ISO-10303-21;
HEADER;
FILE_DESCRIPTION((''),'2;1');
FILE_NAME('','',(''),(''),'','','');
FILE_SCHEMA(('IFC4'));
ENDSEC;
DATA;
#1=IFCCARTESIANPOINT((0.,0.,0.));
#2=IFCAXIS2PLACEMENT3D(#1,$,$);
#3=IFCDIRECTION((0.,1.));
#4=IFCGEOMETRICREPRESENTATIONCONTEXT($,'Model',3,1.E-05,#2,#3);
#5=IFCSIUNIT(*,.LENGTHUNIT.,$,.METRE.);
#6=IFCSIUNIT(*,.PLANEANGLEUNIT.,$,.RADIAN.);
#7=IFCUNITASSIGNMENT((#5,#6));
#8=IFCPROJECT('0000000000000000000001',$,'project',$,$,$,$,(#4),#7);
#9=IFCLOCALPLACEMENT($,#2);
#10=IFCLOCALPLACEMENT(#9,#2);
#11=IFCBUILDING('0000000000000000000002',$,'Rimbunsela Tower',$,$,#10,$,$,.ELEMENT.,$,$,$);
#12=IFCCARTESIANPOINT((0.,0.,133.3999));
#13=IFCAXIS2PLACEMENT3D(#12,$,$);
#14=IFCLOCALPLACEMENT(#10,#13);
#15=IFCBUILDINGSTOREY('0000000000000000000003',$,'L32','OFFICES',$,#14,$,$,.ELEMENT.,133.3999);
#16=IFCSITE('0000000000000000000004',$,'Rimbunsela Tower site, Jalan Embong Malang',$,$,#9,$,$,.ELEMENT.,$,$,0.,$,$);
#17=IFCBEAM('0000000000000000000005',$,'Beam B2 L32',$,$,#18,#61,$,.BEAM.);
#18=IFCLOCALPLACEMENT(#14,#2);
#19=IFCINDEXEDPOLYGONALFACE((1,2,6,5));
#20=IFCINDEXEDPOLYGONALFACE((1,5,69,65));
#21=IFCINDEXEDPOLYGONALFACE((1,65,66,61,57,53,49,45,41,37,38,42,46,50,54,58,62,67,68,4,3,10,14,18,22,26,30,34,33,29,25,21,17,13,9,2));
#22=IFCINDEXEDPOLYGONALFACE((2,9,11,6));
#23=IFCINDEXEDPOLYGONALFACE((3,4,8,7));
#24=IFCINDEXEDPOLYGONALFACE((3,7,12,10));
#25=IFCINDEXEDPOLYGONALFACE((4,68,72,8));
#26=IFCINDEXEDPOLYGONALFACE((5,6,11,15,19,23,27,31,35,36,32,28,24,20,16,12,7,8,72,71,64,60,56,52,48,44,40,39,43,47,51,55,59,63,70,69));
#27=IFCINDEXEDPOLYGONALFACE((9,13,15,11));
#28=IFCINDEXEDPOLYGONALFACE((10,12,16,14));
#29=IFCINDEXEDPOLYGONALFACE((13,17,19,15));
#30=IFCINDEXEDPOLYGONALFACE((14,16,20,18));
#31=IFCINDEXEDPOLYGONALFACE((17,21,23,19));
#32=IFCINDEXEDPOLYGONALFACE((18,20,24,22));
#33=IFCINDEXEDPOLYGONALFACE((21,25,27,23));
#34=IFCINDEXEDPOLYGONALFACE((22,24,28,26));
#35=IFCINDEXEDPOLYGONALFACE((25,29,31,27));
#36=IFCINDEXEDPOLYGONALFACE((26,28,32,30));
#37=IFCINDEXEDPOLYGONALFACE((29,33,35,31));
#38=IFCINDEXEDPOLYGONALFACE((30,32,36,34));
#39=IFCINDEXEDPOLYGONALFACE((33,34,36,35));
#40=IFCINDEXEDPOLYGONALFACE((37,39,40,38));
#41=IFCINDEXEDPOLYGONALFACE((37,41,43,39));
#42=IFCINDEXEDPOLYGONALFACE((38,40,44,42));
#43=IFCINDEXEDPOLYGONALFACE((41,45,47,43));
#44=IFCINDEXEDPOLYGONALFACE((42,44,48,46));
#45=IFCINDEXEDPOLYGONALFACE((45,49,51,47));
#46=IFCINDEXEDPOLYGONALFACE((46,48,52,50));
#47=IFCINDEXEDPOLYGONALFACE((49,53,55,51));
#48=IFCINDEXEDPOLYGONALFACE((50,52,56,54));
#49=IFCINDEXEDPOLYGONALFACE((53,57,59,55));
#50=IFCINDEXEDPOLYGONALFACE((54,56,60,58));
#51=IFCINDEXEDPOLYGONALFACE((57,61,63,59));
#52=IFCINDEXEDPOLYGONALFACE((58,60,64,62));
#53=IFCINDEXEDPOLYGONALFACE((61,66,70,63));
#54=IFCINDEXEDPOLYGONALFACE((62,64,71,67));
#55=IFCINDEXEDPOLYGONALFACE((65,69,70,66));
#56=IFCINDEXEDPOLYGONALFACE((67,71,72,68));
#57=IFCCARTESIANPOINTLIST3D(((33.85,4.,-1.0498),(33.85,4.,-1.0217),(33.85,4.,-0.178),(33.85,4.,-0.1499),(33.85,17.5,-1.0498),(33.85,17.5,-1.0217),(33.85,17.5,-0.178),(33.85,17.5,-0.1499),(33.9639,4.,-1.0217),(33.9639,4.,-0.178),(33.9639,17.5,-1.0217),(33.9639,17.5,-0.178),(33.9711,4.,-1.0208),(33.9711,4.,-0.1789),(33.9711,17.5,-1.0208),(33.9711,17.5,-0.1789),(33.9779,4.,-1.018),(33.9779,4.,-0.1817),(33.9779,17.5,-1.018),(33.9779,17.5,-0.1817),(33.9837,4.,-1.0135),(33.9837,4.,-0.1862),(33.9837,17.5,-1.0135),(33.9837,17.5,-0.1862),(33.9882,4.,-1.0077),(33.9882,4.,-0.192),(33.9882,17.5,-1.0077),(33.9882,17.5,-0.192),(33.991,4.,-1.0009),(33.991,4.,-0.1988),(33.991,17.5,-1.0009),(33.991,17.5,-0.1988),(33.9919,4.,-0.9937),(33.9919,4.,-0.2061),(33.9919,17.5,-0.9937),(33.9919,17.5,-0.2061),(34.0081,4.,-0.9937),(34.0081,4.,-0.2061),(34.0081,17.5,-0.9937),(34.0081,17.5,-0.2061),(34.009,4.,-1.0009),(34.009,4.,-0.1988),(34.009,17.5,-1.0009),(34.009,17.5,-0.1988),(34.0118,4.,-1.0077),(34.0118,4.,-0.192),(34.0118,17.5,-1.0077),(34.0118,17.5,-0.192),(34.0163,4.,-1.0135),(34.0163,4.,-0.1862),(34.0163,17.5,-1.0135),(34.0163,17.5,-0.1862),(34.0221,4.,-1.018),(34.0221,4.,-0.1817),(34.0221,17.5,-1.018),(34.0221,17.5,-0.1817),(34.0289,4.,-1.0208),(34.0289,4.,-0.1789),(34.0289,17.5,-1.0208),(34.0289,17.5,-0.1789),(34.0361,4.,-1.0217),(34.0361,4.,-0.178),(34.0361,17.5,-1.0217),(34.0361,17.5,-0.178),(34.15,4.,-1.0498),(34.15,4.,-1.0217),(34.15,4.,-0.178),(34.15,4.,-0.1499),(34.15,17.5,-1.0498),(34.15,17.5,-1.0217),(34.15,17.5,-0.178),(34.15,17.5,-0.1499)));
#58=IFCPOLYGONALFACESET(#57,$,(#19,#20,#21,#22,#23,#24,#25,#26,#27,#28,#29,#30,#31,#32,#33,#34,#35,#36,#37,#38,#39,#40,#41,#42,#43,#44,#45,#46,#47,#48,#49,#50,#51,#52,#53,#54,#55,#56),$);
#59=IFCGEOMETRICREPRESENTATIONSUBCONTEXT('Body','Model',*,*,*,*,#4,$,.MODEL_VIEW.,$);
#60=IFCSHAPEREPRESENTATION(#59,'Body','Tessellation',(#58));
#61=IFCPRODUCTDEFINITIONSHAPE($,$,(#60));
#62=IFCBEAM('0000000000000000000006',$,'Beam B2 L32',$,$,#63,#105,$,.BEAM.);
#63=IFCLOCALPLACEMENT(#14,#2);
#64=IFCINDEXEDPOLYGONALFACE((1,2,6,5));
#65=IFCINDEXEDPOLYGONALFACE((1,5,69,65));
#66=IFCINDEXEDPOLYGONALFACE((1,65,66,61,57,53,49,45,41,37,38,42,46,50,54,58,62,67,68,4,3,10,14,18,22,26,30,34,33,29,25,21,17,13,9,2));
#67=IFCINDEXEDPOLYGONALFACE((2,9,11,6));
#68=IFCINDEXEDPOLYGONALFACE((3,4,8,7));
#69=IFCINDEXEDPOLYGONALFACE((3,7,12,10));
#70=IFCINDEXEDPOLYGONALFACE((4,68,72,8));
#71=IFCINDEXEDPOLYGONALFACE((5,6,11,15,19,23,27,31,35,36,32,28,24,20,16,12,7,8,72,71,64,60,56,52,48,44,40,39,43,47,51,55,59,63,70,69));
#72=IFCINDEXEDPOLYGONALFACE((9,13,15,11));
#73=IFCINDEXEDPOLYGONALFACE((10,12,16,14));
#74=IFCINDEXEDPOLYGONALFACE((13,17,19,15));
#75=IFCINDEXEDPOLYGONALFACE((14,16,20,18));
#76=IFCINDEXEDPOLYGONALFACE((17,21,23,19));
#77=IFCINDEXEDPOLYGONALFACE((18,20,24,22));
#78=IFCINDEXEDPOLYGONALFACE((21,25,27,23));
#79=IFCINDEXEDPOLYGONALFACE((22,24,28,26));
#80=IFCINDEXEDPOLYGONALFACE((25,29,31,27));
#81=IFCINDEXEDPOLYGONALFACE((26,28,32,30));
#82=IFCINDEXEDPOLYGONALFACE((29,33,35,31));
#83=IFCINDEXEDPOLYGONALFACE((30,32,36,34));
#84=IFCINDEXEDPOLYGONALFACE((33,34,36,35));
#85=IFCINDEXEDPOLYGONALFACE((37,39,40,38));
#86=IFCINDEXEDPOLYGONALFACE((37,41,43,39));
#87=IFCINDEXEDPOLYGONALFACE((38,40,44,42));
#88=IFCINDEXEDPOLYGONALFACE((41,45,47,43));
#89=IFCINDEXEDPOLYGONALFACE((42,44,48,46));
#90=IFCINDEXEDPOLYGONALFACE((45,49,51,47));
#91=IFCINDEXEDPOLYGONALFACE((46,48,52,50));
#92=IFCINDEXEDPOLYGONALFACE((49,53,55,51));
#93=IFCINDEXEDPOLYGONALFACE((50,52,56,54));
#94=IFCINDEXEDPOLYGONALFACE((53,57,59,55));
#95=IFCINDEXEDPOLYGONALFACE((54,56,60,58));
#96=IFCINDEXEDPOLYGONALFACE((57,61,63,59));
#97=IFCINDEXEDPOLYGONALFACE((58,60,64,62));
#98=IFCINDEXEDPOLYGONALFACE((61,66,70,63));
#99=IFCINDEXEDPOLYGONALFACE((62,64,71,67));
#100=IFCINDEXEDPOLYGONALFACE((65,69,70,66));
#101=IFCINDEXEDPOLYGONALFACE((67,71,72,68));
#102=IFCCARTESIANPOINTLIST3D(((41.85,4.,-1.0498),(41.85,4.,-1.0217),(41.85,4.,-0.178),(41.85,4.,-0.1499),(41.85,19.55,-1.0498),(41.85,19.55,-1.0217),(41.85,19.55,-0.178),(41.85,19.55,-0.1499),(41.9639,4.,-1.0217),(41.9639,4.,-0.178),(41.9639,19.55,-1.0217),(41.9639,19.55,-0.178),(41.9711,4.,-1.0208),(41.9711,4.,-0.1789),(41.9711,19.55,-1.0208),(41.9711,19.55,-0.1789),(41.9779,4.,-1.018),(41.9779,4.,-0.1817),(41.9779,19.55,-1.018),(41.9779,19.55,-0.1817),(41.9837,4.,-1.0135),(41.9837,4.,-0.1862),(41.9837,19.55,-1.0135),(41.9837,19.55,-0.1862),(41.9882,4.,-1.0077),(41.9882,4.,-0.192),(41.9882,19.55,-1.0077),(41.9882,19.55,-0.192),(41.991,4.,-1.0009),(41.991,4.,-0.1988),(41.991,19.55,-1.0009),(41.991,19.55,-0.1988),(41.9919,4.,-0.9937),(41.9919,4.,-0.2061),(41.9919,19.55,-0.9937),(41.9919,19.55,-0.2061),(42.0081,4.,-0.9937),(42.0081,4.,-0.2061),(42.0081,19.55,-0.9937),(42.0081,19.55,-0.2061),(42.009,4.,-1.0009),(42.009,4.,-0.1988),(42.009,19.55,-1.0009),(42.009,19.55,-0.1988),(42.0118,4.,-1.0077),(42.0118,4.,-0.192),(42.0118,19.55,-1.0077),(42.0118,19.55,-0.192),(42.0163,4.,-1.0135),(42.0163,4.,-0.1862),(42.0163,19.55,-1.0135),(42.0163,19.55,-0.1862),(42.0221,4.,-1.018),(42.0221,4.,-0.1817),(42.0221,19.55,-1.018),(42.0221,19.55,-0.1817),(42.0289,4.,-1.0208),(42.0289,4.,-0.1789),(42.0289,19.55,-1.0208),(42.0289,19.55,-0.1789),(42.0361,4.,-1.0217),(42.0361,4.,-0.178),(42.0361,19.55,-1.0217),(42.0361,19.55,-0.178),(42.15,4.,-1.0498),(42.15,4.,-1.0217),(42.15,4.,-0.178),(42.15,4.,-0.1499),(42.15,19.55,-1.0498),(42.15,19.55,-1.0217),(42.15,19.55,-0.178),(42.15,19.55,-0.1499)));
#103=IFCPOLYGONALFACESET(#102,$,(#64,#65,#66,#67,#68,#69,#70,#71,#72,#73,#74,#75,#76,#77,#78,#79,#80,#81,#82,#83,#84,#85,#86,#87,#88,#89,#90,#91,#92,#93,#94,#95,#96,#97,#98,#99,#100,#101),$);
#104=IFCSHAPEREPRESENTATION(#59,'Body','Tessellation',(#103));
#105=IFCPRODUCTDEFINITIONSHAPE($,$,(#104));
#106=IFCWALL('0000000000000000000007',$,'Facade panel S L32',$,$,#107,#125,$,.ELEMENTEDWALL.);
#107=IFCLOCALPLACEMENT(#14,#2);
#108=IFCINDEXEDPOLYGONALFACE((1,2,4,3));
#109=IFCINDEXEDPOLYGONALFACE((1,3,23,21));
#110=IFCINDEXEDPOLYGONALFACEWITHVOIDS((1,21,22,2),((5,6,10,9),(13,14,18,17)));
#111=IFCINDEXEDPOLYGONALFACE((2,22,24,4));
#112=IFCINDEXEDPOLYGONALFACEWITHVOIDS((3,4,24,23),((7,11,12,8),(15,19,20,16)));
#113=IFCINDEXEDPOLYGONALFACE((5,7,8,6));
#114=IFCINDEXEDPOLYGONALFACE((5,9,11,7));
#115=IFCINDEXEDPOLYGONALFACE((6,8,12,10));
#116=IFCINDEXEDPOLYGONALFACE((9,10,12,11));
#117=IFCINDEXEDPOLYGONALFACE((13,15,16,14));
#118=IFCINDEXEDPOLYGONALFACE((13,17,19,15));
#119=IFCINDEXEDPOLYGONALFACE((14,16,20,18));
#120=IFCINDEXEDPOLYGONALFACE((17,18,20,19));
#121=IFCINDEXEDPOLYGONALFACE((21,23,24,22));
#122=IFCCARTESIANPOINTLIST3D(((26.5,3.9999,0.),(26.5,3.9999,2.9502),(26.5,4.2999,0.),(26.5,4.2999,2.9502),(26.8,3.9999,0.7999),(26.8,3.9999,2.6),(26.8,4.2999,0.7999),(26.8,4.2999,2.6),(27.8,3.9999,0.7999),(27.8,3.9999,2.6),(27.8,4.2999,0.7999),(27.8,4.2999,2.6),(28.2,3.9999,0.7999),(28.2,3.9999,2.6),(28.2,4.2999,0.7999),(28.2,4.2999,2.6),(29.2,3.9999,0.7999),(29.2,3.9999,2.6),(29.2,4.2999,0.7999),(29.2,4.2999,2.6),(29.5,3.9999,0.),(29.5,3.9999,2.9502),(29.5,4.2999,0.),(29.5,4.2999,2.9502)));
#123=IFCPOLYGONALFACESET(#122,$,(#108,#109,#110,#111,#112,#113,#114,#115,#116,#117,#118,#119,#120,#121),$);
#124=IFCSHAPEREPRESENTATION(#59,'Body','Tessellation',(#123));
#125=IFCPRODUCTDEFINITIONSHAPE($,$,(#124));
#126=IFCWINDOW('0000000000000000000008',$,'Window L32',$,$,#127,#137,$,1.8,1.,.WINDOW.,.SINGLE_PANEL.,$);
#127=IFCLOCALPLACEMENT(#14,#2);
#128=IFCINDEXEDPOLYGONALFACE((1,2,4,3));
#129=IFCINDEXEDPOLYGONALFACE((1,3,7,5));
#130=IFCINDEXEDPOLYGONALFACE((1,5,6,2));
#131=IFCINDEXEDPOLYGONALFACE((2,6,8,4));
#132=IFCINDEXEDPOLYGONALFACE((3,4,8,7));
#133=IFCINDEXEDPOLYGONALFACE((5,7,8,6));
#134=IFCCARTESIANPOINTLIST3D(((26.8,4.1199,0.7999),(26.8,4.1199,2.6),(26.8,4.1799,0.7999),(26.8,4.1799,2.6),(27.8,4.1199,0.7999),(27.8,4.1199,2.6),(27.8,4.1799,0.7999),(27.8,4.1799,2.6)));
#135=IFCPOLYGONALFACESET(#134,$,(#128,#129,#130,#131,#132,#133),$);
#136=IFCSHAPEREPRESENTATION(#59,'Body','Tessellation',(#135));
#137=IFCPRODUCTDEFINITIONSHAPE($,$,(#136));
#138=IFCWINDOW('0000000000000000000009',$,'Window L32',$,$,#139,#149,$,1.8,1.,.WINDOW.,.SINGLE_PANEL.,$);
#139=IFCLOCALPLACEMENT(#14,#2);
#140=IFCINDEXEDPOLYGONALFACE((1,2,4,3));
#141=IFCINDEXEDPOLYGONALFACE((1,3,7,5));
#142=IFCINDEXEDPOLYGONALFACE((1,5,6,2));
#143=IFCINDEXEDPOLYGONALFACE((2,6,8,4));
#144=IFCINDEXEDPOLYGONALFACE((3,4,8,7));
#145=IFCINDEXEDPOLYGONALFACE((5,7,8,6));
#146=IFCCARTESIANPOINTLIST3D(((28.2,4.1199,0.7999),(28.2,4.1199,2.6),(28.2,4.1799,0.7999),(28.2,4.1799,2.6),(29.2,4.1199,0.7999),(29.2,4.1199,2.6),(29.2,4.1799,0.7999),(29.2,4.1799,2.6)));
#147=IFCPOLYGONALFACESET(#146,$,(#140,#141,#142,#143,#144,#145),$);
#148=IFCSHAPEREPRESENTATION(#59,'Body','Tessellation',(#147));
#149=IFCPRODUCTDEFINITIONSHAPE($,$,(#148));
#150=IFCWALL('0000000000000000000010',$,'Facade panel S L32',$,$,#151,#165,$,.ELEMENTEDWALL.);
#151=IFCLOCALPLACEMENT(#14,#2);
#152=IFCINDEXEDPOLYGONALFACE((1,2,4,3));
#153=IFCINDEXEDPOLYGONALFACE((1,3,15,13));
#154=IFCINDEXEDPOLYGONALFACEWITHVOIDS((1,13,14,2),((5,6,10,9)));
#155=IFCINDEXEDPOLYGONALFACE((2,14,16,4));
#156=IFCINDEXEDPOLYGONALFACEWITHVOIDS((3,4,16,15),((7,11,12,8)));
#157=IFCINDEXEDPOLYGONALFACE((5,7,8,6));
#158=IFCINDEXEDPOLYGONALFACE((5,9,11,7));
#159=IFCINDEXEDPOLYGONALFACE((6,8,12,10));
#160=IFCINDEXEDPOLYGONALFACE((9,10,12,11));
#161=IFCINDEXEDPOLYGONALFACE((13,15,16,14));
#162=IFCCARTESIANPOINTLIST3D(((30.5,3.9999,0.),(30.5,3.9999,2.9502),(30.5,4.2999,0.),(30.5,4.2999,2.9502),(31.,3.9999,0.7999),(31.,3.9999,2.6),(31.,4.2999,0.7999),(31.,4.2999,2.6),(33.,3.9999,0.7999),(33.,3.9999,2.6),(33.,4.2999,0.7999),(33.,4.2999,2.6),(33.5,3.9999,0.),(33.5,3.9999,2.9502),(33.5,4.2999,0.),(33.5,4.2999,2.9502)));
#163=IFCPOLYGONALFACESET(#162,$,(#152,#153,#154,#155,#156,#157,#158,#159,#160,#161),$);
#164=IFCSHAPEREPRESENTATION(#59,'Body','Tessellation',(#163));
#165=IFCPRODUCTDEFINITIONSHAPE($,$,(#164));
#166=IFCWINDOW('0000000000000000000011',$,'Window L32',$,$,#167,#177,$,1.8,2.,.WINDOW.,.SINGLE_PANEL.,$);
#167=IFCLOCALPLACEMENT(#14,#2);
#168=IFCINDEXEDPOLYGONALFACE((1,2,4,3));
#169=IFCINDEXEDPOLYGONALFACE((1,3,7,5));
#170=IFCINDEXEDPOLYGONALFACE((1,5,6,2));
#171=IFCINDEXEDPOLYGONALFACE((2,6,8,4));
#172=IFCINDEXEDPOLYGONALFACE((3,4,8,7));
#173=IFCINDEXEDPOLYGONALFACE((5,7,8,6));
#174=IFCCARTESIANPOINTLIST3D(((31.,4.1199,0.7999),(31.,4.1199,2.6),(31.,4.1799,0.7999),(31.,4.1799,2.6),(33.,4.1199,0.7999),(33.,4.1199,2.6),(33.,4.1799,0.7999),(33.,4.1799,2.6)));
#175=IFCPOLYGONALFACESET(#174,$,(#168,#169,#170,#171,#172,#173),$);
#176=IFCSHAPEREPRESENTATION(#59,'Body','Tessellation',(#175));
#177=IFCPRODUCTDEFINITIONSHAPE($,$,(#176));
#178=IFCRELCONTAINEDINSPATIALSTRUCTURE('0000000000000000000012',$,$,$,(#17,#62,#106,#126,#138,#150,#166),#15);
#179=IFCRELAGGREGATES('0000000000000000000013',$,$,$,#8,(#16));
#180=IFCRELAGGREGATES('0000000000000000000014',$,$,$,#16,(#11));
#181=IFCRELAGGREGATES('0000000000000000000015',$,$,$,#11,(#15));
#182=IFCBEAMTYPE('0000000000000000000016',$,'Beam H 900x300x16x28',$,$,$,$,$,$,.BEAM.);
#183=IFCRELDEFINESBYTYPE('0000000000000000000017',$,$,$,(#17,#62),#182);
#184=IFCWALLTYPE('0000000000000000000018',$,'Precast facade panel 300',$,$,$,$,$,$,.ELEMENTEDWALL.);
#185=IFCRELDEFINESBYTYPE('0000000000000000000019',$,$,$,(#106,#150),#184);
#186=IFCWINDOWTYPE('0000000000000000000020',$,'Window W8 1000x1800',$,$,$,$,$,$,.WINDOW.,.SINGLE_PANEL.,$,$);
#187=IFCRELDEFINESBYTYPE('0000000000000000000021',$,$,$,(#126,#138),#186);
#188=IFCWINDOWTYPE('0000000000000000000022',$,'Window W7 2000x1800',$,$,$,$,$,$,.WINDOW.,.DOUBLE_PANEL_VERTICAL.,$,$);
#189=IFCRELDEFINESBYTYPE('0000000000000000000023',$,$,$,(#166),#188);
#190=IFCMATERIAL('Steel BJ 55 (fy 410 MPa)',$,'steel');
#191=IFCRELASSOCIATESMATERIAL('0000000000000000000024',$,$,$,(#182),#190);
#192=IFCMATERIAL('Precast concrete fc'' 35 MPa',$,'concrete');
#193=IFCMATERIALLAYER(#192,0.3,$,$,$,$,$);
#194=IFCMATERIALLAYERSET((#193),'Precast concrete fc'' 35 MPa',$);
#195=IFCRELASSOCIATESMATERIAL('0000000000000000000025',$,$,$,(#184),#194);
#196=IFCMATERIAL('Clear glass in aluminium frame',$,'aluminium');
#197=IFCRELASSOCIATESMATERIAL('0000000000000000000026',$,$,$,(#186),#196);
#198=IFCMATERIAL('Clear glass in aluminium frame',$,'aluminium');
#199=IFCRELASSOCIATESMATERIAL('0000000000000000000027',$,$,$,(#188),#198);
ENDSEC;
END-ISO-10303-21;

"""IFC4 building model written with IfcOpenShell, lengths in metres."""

from ifc_helpers import new_model, si_unit, direction, frame, frame_2d, origin, origin_2d, place, context, subcontext, project, spatial, rectangle, i_section, extrude, material, layer, layer_set, material_profile, profile_set, type_object, element, fill, save


model = new_model("IFC4")

# Units and contexts
model_context = context("Model", 3, precision=1e-05, world=origin(), true_north=direction((0.0, 1.0)))
body_context = subcontext(model_context, "Body", "Model", "MODEL_VIEW")
ifc_project = project(units=[si_unit("LENGTHUNIT", "METRE"), si_unit("PLANEANGLEUNIT", "RADIAN")], contexts=[model_context])

# Site, building, storey
site_placement = place(None, origin())
site = spatial("IfcSite", under=ifc_project, at=site_placement, Name="Rimbunsela Tower site, Jalan Embong Malang", CompositionType="ELEMENT", RefElevation=0.0)
building_placement = place(site_placement, origin())
building = spatial("IfcBuilding", under=site, at=building_placement, Name="Rimbunsela Tower", CompositionType="ELEMENT")
storey_placement = place(building_placement, frame((0.0, 0.0, 133.3999)))
storey = spatial("IfcBuildingStorey", under=building, at=storey_placement, Name="L32", Description="OFFICES", CompositionType="ELEMENT", Elevation=133.3999)

# Beams
ifc_material_1 = material(Name="Steel BJ 55 (fy 410 MPa)", Category="steel")
ifc_material_profile_1 = material_profile(ifc_material_1, i_section(OverallWidth=0.3, OverallDepth=0.8999, WebThickness=0.0161, FlangeThickness=0.0281, FilletRadius=0.0281, at=origin_2d()), Name="H 900x300x16x28")
ifc_profile_set_1 = profile_set([ifc_material_profile_1], Name="Steel BJ 55 (fy 410 MPa)")
beam_type_1 = type_object("IfcBeamType", Name="Beam H 900x300x16x28", PredefinedType="BEAM", material=ifc_profile_set_1)
beam_1_placement = place(storey_placement, frame((34.0, 4.0, -0.5999), z_axis=(0.0, 1.0, 0.0), x_axis=(-1.0, 0.0, 0.0)))
element("IfcBeam", 1, at=beam_1_placement, inside=storey, type_object=beam_type_1, Name="Beam B2 L32", PredefinedType="BEAM", context=body_context, shape_type="SweptSolid", body=[
    extrude(i_section(OverallWidth=0.3, OverallDepth=0.8999, WebThickness=0.0161, FlangeThickness=0.0281, FilletRadius=0.0281, at=origin_2d()), origin(), (0.0, 0.0, 1.0), 13.5),
])
beam_2_placement = place(storey_placement, frame((42.0, 4.0, -0.5999), z_axis=(0.0, 1.0, 0.0), x_axis=(-1.0, 0.0, 0.0)))
element("IfcBeam", 2, at=beam_2_placement, inside=storey, type_object=beam_type_1, Name="Beam B2 L32", PredefinedType="BEAM", context=body_context, shape_type="SweptSolid", body=[
    extrude(i_section(OverallWidth=0.3, OverallDepth=0.8999, WebThickness=0.0161, FlangeThickness=0.0281, FilletRadius=0.0281, at=origin_2d()), origin(), (0.0, 0.0, 1.0), 15.55),
])

# Wall, openings, windows
ifc_material_2 = material(Name="Precast concrete fc' 35 MPa", Category="concrete")
ifc_layer_1 = layer(ifc_material_2, 0.3)
ifc_layer_set_1 = layer_set([ifc_layer_1], Name="Precast concrete fc' 35 MPa")
wall_type_1 = type_object("IfcWallType", Name="Precast facade panel 300", PredefinedType="ELEMENTEDWALL", material=ifc_layer_set_1)
wall_1_placement = place(storey_placement, frame((26.5, 4.1499, 0.0), z_axis=(0.0, 0.0, 1.0), x_axis=(1.0, 0.0, 0.0)))
wall_1 = element("IfcWall", 3, at=wall_1_placement, inside=storey, type_object=wall_type_1, Name="Facade panel S L32", PredefinedType="ELEMENTEDWALL", context=body_context, shape_type="SweptSolid", body=[
    extrude(rectangle(XDim=3.0, YDim=0.3, at=frame_2d((1.5, 0.0))), origin(), (0.0, 0.0, 1.0), 2.9502),
])
opening_1_placement = place(wall_1_placement, frame((0.3, 0.0, 0.8)))
opening_1 = element("IfcOpeningElement", 4, at=opening_1_placement, cuts=wall_1, PredefinedType="OPENING", context=body_context, shape_type="SweptSolid", body=[
    extrude(rectangle(XDim=1.0, YDim=1.8, at=frame_2d((0.5, 0.8999))), frame((0.0, 0.1599, 0.0), z_axis=(0.0, -1.0, 0.0), x_axis=(1.0, 0.0, 0.0)), (0.0, 0.0, 1.0), 0.3201),
])
opening_2_placement = place(wall_1_placement, frame((1.7, 0.0, 0.8)))
opening_2 = element("IfcOpeningElement", 5, at=opening_2_placement, cuts=wall_1, PredefinedType="OPENING", context=body_context, shape_type="SweptSolid", body=[
    extrude(rectangle(XDim=1.0, YDim=1.8, at=frame_2d((0.5, 0.8999))), frame((0.0, 0.1599, 0.0), z_axis=(0.0, -1.0, 0.0), x_axis=(1.0, 0.0, 0.0)), (0.0, 0.0, 1.0), 0.3201),
])
ifc_material_3 = material(Name="Clear glass in aluminium frame", Category="aluminium")
window_type_1 = type_object("IfcWindowType", Name="Window W8 1000x1800", PartitioningType="SINGLE_PANEL", PredefinedType="WINDOW", material=ifc_material_3)
window_1_placement = place(opening_1_placement, origin())
window_1 = element("IfcWindow", 6, at=window_1_placement, inside=storey, type_object=window_type_1, Name="Window L32", OverallHeight=1.8, OverallWidth=1.0, PartitioningType="SINGLE_PANEL", PredefinedType="WINDOW", context=body_context, shape_type="SweptSolid", body=[
    extrude(rectangle(XDim=1.0, YDim=1.8, at=frame_2d((0.5, 0.8999))), frame((0.0, 0.03, 0.0), z_axis=(0.0, -1.0, 0.0), x_axis=(1.0, 0.0, 0.0)), (0.0, 0.0, 1.0), 0.0601),
])
fill(opening_1, window_1)
window_2_placement = place(opening_2_placement, origin())
window_2 = element("IfcWindow", 7, at=window_2_placement, inside=storey, type_object=window_type_1, Name="Window L32", OverallHeight=1.8, OverallWidth=1.0, PartitioningType="SINGLE_PANEL", PredefinedType="WINDOW", context=body_context, shape_type="SweptSolid", body=[
    extrude(rectangle(XDim=1.0, YDim=1.8, at=frame_2d((0.5, 0.8999))), frame((0.0, 0.03, 0.0), z_axis=(0.0, -1.0, 0.0), x_axis=(1.0, 0.0, 0.0)), (0.0, 0.0, 1.0), 0.0601),
])
fill(opening_2, window_2)

# Wall, opening, window
wall_2_placement = place(storey_placement, frame((30.5, 4.1499, 0.0), z_axis=(0.0, 0.0, 1.0), x_axis=(1.0, 0.0, 0.0)))
wall_2 = element("IfcWall", 8, at=wall_2_placement, inside=storey, type_object=wall_type_1, Name="Facade panel S L32", PredefinedType="ELEMENTEDWALL", context=body_context, shape_type="SweptSolid", body=[
    extrude(rectangle(XDim=3.0, YDim=0.3, at=frame_2d((1.5, 0.0))), origin(), (0.0, 0.0, 1.0), 2.9502),
])
opening_3_placement = place(wall_2_placement, frame((0.5, 0.0, 0.8)))
opening_3 = element("IfcOpeningElement", 9, at=opening_3_placement, cuts=wall_2, PredefinedType="OPENING", context=body_context, shape_type="SweptSolid", body=[
    extrude(rectangle(XDim=2.0, YDim=1.8, at=frame_2d((1.0, 0.8999))), frame((0.0, 0.1599, 0.0), z_axis=(0.0, -1.0, 0.0), x_axis=(1.0, 0.0, 0.0)), (0.0, 0.0, 1.0), 0.3201),
])
ifc_material_4 = material(Name="Clear glass in aluminium frame", Category="aluminium")
window_type_2 = type_object("IfcWindowType", Name="Window W7 2000x1800", PartitioningType="DOUBLE_PANEL_VERTICAL", PredefinedType="WINDOW", material=ifc_material_4)
window_3_placement = place(opening_3_placement, origin())
window_3 = element("IfcWindow", 10, at=window_3_placement, inside=storey, type_object=window_type_2, Name="Window L32", OverallHeight=1.8, OverallWidth=2.0, PartitioningType="SINGLE_PANEL", PredefinedType="WINDOW", context=body_context, shape_type="SweptSolid", body=[
    extrude(rectangle(XDim=2.0, YDim=1.8, at=frame_2d((1.0, 0.8999))), frame((0.0, 0.03, 0.0), z_axis=(0.0, -1.0, 0.0), x_axis=(1.0, 0.0, 0.0)), (0.0, 0.0, 1.0), 0.0601),
])
fill(opening_3, window_3)

save(model, "model.ifc")
